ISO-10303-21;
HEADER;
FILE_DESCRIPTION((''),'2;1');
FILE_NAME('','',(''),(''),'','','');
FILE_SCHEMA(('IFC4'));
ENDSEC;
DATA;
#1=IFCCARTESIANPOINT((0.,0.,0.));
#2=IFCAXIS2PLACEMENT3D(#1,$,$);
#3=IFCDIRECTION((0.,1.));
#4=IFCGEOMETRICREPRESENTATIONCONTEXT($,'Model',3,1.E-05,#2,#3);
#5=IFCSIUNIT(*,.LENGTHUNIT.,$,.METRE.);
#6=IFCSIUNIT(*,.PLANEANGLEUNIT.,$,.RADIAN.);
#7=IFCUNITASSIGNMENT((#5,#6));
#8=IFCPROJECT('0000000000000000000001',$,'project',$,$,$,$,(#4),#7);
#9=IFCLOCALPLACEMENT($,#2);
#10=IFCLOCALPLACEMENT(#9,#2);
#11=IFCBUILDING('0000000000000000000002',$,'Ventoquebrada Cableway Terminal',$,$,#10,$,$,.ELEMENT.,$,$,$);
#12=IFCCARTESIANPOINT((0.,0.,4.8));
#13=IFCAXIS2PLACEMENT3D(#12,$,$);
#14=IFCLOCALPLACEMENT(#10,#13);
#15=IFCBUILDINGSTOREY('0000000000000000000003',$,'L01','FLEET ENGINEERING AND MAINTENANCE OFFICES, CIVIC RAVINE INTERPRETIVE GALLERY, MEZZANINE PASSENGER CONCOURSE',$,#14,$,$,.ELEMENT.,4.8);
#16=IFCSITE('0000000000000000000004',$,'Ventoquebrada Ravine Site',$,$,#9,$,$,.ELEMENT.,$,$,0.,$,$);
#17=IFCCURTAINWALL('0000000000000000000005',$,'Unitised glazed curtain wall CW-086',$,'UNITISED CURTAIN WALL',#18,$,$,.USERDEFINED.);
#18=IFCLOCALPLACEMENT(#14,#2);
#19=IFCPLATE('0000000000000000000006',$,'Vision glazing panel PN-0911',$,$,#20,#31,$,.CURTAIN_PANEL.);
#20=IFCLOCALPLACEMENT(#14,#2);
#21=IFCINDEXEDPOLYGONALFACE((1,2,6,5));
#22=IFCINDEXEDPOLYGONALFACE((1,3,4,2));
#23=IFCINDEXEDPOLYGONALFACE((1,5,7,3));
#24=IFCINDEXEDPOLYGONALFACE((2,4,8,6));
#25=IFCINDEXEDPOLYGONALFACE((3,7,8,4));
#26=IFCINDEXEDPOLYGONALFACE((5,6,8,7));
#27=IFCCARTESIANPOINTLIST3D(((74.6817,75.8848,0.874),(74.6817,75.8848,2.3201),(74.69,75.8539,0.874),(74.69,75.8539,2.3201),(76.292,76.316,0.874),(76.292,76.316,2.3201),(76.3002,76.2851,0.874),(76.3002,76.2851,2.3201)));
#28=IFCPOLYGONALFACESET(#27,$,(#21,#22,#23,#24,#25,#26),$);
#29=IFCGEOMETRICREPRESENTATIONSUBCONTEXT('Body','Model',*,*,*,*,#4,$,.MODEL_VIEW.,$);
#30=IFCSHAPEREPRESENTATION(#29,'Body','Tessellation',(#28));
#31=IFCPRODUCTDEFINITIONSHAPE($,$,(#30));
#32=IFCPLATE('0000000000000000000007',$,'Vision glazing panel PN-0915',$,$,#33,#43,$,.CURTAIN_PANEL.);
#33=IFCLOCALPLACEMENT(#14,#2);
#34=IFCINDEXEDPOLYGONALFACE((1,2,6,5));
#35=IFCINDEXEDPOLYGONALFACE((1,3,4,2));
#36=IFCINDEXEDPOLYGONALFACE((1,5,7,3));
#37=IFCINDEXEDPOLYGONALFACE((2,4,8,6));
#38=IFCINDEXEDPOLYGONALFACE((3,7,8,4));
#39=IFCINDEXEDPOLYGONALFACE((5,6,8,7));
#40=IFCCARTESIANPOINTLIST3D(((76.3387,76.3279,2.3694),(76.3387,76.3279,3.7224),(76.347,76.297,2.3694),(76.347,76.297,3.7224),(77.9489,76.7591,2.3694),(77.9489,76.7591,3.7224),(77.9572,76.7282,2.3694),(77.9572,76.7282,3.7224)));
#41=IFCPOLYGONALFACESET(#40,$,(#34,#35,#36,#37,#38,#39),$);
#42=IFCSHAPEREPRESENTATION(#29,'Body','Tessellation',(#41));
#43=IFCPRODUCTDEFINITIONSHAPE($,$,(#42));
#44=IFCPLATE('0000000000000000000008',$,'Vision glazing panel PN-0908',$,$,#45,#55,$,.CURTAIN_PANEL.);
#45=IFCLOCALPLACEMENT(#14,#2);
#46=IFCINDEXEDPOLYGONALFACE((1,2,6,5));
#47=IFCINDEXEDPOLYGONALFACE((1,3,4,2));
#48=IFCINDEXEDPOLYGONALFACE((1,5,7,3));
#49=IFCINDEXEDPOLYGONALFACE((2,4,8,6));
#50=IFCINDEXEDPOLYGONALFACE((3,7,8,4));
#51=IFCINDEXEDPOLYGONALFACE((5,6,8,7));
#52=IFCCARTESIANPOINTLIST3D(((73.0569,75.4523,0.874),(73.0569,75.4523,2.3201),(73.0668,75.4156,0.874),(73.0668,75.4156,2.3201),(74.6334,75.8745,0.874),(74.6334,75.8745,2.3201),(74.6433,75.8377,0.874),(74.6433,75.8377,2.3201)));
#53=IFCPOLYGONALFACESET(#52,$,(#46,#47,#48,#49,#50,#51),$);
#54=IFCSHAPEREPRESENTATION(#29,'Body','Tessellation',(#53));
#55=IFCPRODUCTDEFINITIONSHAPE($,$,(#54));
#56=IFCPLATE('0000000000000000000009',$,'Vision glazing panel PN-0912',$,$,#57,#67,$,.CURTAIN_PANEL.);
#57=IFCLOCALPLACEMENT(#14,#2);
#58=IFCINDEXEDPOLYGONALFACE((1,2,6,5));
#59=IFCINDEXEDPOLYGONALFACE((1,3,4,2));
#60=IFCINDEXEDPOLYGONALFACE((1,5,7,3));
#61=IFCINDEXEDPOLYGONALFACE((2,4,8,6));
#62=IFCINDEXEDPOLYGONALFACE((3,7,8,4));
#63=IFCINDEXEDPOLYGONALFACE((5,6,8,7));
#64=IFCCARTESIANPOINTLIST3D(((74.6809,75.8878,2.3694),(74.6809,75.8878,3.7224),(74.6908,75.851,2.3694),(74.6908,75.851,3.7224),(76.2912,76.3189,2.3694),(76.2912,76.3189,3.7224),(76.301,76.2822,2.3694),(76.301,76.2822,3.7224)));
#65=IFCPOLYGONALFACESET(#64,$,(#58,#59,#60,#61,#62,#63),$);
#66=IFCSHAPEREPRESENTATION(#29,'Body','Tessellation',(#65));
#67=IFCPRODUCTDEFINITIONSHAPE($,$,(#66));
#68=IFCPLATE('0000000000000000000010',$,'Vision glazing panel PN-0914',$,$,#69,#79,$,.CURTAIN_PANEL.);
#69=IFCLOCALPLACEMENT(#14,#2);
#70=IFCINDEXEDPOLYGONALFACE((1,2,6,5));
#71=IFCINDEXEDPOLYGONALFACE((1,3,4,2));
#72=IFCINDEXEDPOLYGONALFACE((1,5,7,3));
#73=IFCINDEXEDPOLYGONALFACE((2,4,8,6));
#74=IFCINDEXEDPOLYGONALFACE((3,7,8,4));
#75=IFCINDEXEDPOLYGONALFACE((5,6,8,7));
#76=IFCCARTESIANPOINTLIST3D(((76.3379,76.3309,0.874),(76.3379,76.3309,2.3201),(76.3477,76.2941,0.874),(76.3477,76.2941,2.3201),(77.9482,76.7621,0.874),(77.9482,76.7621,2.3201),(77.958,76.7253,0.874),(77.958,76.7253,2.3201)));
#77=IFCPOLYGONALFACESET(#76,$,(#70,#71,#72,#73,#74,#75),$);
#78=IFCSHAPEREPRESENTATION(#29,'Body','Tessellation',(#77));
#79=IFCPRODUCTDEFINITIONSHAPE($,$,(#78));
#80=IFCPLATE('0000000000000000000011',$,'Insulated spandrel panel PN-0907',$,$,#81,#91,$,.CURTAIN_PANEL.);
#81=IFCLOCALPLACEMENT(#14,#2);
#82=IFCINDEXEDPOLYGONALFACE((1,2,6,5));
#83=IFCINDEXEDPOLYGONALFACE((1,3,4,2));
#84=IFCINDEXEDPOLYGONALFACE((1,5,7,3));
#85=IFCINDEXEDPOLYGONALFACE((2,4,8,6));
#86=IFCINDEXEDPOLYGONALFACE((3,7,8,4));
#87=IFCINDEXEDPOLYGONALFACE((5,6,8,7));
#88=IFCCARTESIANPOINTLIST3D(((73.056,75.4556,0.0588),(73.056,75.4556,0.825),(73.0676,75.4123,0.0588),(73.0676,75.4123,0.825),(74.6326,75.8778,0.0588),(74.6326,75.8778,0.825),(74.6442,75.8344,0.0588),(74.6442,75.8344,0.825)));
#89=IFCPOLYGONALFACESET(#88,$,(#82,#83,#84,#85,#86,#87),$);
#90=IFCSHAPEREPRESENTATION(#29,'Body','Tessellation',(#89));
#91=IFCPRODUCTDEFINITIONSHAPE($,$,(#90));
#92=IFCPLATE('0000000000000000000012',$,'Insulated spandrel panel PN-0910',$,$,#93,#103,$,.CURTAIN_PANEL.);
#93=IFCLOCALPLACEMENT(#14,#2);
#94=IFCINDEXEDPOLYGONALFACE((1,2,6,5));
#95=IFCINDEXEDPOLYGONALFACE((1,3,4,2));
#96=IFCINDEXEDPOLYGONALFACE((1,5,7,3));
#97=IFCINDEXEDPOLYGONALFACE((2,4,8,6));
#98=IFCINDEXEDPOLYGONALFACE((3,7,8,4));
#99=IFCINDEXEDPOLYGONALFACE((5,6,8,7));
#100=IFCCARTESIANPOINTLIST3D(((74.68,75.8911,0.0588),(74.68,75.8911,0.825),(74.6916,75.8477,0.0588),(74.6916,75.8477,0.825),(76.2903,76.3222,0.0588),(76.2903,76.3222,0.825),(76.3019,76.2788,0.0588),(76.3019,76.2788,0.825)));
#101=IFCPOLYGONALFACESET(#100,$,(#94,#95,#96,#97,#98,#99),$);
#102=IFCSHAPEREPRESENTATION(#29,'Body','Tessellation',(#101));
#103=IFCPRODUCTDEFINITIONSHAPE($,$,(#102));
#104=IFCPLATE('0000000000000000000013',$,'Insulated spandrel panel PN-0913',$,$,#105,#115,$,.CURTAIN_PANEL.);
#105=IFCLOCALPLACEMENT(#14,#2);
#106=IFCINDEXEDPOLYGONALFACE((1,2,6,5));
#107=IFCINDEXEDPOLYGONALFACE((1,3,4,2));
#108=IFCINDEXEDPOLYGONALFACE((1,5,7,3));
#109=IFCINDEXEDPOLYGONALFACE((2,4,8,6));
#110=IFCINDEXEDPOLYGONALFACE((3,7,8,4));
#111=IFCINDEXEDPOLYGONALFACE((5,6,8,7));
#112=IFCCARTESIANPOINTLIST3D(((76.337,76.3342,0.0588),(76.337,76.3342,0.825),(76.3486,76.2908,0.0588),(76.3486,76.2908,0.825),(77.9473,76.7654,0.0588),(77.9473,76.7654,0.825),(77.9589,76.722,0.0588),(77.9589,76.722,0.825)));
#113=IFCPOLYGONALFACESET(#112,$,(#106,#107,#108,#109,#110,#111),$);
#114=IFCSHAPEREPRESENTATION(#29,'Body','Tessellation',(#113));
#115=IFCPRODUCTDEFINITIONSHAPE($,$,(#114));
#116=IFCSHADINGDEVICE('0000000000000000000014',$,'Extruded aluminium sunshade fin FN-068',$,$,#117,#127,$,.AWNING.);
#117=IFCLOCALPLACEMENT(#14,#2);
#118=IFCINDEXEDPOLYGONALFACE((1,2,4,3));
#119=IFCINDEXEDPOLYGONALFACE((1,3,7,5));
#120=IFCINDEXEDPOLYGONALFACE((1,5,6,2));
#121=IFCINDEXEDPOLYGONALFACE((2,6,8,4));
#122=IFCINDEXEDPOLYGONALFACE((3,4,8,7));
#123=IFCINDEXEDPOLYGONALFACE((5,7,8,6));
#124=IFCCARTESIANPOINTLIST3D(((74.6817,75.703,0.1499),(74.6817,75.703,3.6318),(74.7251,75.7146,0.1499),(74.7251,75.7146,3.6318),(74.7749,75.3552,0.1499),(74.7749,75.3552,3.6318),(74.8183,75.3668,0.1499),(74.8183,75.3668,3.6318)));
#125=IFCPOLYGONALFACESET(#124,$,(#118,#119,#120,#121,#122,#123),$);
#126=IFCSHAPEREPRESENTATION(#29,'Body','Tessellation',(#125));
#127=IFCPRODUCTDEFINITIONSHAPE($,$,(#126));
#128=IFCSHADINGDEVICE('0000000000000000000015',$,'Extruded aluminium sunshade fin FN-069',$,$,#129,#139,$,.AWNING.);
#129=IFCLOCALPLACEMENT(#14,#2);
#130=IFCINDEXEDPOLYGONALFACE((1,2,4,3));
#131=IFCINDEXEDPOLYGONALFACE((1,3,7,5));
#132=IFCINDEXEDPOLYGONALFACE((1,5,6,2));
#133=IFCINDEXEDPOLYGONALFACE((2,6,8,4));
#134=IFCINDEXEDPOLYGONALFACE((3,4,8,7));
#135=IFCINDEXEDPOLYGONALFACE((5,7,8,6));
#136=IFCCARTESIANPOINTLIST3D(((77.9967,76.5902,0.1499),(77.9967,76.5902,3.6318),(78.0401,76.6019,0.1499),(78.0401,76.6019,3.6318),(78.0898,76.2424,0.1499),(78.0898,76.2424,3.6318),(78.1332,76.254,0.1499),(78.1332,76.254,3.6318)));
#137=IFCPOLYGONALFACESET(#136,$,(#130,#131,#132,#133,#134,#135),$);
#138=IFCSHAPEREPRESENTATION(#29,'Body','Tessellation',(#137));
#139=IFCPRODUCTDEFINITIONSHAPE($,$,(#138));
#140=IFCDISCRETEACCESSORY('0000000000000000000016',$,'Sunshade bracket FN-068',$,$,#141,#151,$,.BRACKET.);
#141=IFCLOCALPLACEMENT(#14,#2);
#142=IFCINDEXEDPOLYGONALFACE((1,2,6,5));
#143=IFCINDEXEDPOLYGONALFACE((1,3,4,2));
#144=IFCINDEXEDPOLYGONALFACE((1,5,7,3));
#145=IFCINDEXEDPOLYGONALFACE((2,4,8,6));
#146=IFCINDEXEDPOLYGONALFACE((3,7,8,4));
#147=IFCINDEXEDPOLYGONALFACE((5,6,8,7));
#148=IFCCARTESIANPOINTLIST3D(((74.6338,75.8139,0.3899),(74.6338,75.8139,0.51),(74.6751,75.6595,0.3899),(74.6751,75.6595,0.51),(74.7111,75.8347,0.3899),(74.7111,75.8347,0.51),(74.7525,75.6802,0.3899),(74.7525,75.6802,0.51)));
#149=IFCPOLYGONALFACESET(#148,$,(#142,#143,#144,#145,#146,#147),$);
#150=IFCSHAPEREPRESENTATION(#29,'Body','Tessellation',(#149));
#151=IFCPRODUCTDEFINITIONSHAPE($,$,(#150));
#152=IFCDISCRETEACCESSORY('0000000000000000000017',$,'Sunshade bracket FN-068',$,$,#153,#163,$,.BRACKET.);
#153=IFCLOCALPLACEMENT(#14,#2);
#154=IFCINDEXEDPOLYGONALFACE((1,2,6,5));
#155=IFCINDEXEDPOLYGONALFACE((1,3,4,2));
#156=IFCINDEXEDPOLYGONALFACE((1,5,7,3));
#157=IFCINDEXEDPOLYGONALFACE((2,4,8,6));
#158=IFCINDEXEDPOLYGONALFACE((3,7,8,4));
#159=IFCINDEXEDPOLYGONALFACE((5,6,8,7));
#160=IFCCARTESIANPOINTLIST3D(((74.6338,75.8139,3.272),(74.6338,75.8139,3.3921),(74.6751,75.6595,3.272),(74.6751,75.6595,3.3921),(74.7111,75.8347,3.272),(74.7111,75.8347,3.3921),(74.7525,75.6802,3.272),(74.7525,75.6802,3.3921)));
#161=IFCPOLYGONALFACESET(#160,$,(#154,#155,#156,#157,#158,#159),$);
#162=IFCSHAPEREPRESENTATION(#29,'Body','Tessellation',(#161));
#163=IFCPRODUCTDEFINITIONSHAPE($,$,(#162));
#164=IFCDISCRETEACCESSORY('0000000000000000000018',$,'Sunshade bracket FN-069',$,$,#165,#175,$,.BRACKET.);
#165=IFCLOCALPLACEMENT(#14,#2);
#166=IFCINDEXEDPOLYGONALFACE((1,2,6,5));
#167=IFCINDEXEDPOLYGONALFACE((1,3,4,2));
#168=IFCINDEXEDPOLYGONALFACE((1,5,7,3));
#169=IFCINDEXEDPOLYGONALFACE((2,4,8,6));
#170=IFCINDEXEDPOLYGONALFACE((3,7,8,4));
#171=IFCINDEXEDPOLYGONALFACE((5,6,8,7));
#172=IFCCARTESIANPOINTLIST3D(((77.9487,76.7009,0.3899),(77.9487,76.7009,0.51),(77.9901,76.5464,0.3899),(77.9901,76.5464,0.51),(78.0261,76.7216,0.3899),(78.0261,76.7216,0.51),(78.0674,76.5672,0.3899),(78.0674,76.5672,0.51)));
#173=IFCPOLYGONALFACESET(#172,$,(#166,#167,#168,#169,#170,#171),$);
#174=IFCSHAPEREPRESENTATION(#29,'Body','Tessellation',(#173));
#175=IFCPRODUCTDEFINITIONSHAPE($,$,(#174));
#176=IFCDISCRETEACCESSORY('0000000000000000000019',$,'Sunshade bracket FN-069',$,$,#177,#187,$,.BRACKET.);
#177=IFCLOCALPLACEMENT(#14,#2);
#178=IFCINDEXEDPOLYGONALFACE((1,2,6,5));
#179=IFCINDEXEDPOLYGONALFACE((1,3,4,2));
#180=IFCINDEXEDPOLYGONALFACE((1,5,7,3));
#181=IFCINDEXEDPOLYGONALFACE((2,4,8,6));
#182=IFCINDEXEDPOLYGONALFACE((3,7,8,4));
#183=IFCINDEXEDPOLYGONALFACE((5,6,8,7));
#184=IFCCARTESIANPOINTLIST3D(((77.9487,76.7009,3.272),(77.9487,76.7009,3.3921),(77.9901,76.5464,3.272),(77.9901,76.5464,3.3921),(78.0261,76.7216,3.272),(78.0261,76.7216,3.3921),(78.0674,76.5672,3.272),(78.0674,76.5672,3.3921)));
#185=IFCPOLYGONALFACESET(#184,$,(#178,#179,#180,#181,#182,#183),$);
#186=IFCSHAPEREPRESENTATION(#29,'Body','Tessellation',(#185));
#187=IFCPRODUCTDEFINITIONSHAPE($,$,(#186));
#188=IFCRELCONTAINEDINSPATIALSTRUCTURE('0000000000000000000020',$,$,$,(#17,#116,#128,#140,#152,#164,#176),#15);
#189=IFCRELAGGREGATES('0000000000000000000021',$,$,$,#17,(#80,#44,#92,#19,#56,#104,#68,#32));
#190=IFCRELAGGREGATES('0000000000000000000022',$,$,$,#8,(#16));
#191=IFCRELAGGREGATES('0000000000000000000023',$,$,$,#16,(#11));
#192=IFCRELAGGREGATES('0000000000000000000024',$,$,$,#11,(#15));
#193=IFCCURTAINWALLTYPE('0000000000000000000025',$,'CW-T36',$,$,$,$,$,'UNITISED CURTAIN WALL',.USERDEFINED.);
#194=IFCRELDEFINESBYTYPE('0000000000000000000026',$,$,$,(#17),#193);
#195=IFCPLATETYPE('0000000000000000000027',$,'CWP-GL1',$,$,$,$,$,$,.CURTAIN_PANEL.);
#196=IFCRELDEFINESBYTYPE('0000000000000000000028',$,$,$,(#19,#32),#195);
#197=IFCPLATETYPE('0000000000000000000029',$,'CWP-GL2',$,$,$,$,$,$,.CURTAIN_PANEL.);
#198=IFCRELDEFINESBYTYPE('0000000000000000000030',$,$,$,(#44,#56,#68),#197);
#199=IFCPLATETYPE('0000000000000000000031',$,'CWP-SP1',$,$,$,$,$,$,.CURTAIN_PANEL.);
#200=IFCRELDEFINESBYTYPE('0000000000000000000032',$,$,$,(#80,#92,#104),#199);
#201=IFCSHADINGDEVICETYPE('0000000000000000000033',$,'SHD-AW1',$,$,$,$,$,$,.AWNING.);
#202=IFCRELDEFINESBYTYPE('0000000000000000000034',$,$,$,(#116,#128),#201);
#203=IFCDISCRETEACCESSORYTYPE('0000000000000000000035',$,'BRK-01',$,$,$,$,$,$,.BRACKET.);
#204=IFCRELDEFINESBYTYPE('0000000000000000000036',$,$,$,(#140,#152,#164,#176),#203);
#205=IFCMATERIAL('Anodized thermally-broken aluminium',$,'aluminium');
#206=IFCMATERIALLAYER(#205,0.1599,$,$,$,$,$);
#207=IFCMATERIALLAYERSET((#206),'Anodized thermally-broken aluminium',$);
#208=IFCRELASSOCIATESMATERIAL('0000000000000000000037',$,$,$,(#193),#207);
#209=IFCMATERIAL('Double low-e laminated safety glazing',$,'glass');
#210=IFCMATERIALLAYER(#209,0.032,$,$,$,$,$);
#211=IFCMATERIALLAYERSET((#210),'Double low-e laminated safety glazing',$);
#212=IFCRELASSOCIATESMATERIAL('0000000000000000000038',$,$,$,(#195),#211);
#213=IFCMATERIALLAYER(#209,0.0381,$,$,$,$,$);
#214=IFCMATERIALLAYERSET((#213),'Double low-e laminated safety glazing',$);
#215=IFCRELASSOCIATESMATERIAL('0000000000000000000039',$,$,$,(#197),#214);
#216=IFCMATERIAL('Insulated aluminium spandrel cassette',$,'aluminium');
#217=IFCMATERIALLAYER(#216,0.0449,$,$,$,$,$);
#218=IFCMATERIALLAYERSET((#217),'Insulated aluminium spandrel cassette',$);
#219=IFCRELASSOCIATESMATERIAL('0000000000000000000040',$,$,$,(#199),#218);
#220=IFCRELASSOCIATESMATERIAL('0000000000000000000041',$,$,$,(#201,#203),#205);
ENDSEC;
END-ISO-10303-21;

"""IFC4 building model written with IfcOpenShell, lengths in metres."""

from ifc_helpers import new_model, si_unit, direction, frame, origin, origin_2d, place, context, subcontext, project, spatial, rectangle, extrude, material, layer, layer_set, type_object, element, aggregate, save


model = new_model("IFC4")

# Units and contexts
model_context = context("Model", 3, precision=1e-05, world=origin(), true_north=direction((0.0, 1.0)))
body_context = subcontext(model_context, "Body", "Model", "MODEL_VIEW")
ifc_project = project(units=[si_unit("LENGTHUNIT", "METRE"), si_unit("PLANEANGLEUNIT", "RADIAN")], contexts=[model_context])

# Site, building, storey
site_placement = place(None, origin())
site = spatial("IfcSite", under=ifc_project, at=site_placement, Name="Ventoquebrada Ravine Site", CompositionType="ELEMENT", RefElevation=0.0)
building_placement = place(site_placement, origin())
building = spatial("IfcBuilding", under=site, at=building_placement, Name="Ventoquebrada Cableway Terminal", CompositionType="ELEMENT")
storey_placement = place(building_placement, frame((0.0, 0.0, 4.8)))
storey = spatial("IfcBuildingStorey", under=building, at=storey_placement, Name="L01", Description="FLEET ENGINEERING AND MAINTENANCE OFFICES, CIVIC RAVINE INTERPRETIVE GALLERY, MEZZANINE PASSENGER CONCOURSE", CompositionType="ELEMENT", Elevation=4.8)

# Shared definitions
ifc_material_1 = material(Name="Anodized thermally-broken aluminium", Category="aluminium")
ifc_layer_1 = layer(ifc_material_1, 0.1599)
ifc_layer_set_1 = layer_set([ifc_layer_1], Name="Anodized thermally-broken aluminium")
curtain_wall_type = type_object("IfcCurtainWallType", Name="CW-T36", ElementType="UNITISED CURTAIN WALL", PredefinedType="USERDEFINED", material=ifc_layer_set_1)

# Curtain wall, plates
curtain_wall_1_placement = place(storey_placement, origin())
curtain_wall_1 = element("IfcCurtainWall", 1, at=curtain_wall_1_placement, inside=storey, type_object=curtain_wall_type, Name="Unitised glazed curtain wall CW-086", ObjectType="UNITISED CURTAIN WALL", PredefinedType="USERDEFINED")
ifc_material_2 = material(Name="Double low-e laminated safety glazing", Category="glass")
ifc_layer_2 = layer(ifc_material_2, 0.032)
ifc_layer_set_2 = layer_set([ifc_layer_2], Name="Double low-e laminated safety glazing")
plate_type_1 = type_object("IfcPlateType", Name="CWP-GL1", PredefinedType="CURTAIN_PANEL", material=ifc_layer_set_2)
plate_1_placement = place(storey_placement, frame((75.491, 76.085, 0.874), z_axis=(0.0, 0.0, 1.0), x_axis=(0.965971, 0.25865, 0.0)))
plate_1 = element("IfcPlate", 2, at=plate_1_placement, type_object=plate_type_1, Name="Vision glazing panel PN-0911", PredefinedType="CURTAIN_PANEL", context=body_context, shape_type="SweptSolid", body=[
    extrude(rectangle(XDim=1.667, YDim=0.032, at=origin_2d()), origin(), (0.0, 0.0, 1.0), 1.446),
])
plate_2_placement = place(storey_placement, frame((77.1479, 76.5281, 2.3694), z_axis=(0.0, 0.0, 1.0), x_axis=(0.965971, 0.25865, 0.0)))
plate_2 = element("IfcPlate", 3, at=plate_2_placement, type_object=plate_type_1, Name="Vision glazing panel PN-0915", PredefinedType="CURTAIN_PANEL", context=body_context, shape_type="SweptSolid", body=[
    extrude(rectangle(XDim=1.667, YDim=0.032, at=origin_2d()), origin(), (0.0, 0.0, 1.0), 1.353),
])
ifc_layer_3 = layer(ifc_material_2, 0.0381)
ifc_layer_set_3 = layer_set([ifc_layer_3], Name="Double low-e laminated safety glazing")
plate_type_2 = type_object("IfcPlateType", Name="CWP-GL2", PredefinedType="CURTAIN_PANEL", material=ifc_layer_set_3)
plate_3_placement = place(storey_placement, frame((73.8501, 75.645, 0.874), z_axis=(0.0, 0.0, 1.0), x_axis=(0.965971, 0.25865, 0.0)))
plate_3 = element("IfcPlate", 4, at=plate_3_placement, type_object=plate_type_2, Name="Vision glazing panel PN-0908", PredefinedType="CURTAIN_PANEL", context=body_context, shape_type="SweptSolid", body=[
    extrude(rectangle(XDim=1.6321, YDim=0.0381, at=origin_2d()), origin(), (0.0, 0.0, 1.0), 1.446),
])
plate_4_placement = place(storey_placement, frame((75.491, 76.085, 2.3694), z_axis=(0.0, 0.0, 1.0), x_axis=(0.965971, 0.25865, 0.0)))
plate_4 = element("IfcPlate", 5, at=plate_4_placement, type_object=plate_type_2, Name="Vision glazing panel PN-0912", PredefinedType="CURTAIN_PANEL", context=body_context, shape_type="SweptSolid", body=[
    extrude(rectangle(XDim=1.667, YDim=0.0381, at=origin_2d()), origin(), (0.0, 0.0, 1.0), 1.353),
])
plate_5_placement = place(storey_placement, frame((77.1479, 76.5281, 0.874), z_axis=(0.0, 0.0, 1.0), x_axis=(0.965971, 0.25865, 0.0)))
plate_5 = element("IfcPlate", 6, at=plate_5_placement, type_object=plate_type_2, Name="Vision glazing panel PN-0914", PredefinedType="CURTAIN_PANEL", context=body_context, shape_type="SweptSolid", body=[
    extrude(rectangle(XDim=1.667, YDim=0.0381, at=origin_2d()), origin(), (0.0, 0.0, 1.0), 1.446),
])
ifc_material_3 = material(Name="Insulated aluminium spandrel cassette", Category="aluminium")
ifc_layer_4 = layer(ifc_material_3, 0.0449)
ifc_layer_set_4 = layer_set([ifc_layer_4], Name="Insulated aluminium spandrel cassette")
plate_type_3 = type_object("IfcPlateType", Name="CWP-SP1", PredefinedType="CURTAIN_PANEL", material=ifc_layer_set_4)
plate_6_placement = place(storey_placement, frame((73.8501, 75.645, 0.0588), z_axis=(0.0, 0.0, 1.0), x_axis=(0.965971, 0.25865, 0.0)))
plate_6 = element("IfcPlate", 7, at=plate_6_placement, type_object=plate_type_3, Name="Insulated spandrel panel PN-0907", PredefinedType="CURTAIN_PANEL", context=body_context, shape_type="SweptSolid", body=[
    extrude(rectangle(XDim=1.6321, YDim=0.0449, at=origin_2d()), origin(), (0.0, 0.0, 1.0), 0.7661),
])
plate_7_placement = place(storey_placement, frame((75.491, 76.085, 0.0588), z_axis=(0.0, 0.0, 1.0), x_axis=(0.965971, 0.25865, 0.0)))
plate_7 = element("IfcPlate", 8, at=plate_7_placement, type_object=plate_type_3, Name="Insulated spandrel panel PN-0910", PredefinedType="CURTAIN_PANEL", context=body_context, shape_type="SweptSolid", body=[
    extrude(rectangle(XDim=1.667, YDim=0.0449, at=origin_2d()), origin(), (0.0, 0.0, 1.0), 0.7661),
])
plate_8_placement = place(storey_placement, frame((77.1479, 76.5281, 0.0588), z_axis=(0.0, 0.0, 1.0), x_axis=(0.965971, 0.25865, 0.0)))
plate_8 = element("IfcPlate", 9, at=plate_8_placement, type_object=plate_type_3, Name="Insulated spandrel panel PN-0913", PredefinedType="CURTAIN_PANEL", context=body_context, shape_type="SweptSolid", body=[
    extrude(rectangle(XDim=1.667, YDim=0.0449, at=origin_2d()), origin(), (0.0, 0.0, 1.0), 0.7661),
])
aggregate(curtain_wall_1, [plate_6, plate_3, plate_7, plate_1, plate_4, plate_8, plate_5, plate_2])

# Shading devices
shading_device_type = type_object("IfcShadingDeviceType", Name="SHD-AW1", PredefinedType="AWNING", material=ifc_material_1)
for number, where, z_axis, x_axis, name in (
    (10, (74.75, 75.5349, 0.1499), (0.0, 0.0, 1.0), (0.965971, 0.25865, 0.0), "Extruded aluminium sunshade fin FN-068"),
    (11, (78.0649, 76.4221, 0.1499), (0.0, 0.0, 1.0), (0.965971, 0.25865, 0.0), "Extruded aluminium sunshade fin FN-069"),
):
    element("IfcShadingDevice", number, at=place(storey_placement, frame(where, z_axis=z_axis, x_axis=x_axis)), inside=storey, type_object=shading_device_type, Name=name, PredefinedType="AWNING", context=body_context, shape_type="SweptSolid", body=[
        extrude(rectangle(XDim=0.0449, YDim=0.3601, at=origin_2d()), origin(), (0.0, 0.0, 1.0), 3.4819),
    ])

# Discrete accessories
discrete_accessory_type = type_object("IfcDiscreteAccessoryType", Name="BRK-01", PredefinedType="BRACKET", material=ifc_material_1)
for number, where, z_axis, x_axis, name in (
    (12, (74.6931, 75.7471, 0.3899), (0.0, 0.0, 1.0), (0.965971, 0.25865, 0.0), "Sunshade bracket FN-068"),
    (13, (74.6931, 75.7471, 3.272), (0.0, 0.0, 1.0), (0.965971, 0.25865, 0.0), "Sunshade bracket FN-068"),
    (14, (78.0081, 76.634, 0.3899), (0.0, 0.0, 1.0), (0.965971, 0.25865, 0.0), "Sunshade bracket FN-069"),
    (15, (78.0081, 76.634, 3.272), (0.0, 0.0, 1.0), (0.965971, 0.25865, 0.0), "Sunshade bracket FN-069"),
):
    element("IfcDiscreteAccessory", number, at=place(storey_placement, frame(where, z_axis=z_axis, x_axis=x_axis)), inside=storey, type_object=discrete_accessory_type, Name=name, PredefinedType="BRACKET", context=body_context, shape_type="SweptSolid", body=[
        extrude(rectangle(XDim=0.0801, YDim=0.1599, at=origin_2d()), origin(), (0.0, 0.0, 1.0), 0.1201),
    ])

save(model, "model.ifc")
